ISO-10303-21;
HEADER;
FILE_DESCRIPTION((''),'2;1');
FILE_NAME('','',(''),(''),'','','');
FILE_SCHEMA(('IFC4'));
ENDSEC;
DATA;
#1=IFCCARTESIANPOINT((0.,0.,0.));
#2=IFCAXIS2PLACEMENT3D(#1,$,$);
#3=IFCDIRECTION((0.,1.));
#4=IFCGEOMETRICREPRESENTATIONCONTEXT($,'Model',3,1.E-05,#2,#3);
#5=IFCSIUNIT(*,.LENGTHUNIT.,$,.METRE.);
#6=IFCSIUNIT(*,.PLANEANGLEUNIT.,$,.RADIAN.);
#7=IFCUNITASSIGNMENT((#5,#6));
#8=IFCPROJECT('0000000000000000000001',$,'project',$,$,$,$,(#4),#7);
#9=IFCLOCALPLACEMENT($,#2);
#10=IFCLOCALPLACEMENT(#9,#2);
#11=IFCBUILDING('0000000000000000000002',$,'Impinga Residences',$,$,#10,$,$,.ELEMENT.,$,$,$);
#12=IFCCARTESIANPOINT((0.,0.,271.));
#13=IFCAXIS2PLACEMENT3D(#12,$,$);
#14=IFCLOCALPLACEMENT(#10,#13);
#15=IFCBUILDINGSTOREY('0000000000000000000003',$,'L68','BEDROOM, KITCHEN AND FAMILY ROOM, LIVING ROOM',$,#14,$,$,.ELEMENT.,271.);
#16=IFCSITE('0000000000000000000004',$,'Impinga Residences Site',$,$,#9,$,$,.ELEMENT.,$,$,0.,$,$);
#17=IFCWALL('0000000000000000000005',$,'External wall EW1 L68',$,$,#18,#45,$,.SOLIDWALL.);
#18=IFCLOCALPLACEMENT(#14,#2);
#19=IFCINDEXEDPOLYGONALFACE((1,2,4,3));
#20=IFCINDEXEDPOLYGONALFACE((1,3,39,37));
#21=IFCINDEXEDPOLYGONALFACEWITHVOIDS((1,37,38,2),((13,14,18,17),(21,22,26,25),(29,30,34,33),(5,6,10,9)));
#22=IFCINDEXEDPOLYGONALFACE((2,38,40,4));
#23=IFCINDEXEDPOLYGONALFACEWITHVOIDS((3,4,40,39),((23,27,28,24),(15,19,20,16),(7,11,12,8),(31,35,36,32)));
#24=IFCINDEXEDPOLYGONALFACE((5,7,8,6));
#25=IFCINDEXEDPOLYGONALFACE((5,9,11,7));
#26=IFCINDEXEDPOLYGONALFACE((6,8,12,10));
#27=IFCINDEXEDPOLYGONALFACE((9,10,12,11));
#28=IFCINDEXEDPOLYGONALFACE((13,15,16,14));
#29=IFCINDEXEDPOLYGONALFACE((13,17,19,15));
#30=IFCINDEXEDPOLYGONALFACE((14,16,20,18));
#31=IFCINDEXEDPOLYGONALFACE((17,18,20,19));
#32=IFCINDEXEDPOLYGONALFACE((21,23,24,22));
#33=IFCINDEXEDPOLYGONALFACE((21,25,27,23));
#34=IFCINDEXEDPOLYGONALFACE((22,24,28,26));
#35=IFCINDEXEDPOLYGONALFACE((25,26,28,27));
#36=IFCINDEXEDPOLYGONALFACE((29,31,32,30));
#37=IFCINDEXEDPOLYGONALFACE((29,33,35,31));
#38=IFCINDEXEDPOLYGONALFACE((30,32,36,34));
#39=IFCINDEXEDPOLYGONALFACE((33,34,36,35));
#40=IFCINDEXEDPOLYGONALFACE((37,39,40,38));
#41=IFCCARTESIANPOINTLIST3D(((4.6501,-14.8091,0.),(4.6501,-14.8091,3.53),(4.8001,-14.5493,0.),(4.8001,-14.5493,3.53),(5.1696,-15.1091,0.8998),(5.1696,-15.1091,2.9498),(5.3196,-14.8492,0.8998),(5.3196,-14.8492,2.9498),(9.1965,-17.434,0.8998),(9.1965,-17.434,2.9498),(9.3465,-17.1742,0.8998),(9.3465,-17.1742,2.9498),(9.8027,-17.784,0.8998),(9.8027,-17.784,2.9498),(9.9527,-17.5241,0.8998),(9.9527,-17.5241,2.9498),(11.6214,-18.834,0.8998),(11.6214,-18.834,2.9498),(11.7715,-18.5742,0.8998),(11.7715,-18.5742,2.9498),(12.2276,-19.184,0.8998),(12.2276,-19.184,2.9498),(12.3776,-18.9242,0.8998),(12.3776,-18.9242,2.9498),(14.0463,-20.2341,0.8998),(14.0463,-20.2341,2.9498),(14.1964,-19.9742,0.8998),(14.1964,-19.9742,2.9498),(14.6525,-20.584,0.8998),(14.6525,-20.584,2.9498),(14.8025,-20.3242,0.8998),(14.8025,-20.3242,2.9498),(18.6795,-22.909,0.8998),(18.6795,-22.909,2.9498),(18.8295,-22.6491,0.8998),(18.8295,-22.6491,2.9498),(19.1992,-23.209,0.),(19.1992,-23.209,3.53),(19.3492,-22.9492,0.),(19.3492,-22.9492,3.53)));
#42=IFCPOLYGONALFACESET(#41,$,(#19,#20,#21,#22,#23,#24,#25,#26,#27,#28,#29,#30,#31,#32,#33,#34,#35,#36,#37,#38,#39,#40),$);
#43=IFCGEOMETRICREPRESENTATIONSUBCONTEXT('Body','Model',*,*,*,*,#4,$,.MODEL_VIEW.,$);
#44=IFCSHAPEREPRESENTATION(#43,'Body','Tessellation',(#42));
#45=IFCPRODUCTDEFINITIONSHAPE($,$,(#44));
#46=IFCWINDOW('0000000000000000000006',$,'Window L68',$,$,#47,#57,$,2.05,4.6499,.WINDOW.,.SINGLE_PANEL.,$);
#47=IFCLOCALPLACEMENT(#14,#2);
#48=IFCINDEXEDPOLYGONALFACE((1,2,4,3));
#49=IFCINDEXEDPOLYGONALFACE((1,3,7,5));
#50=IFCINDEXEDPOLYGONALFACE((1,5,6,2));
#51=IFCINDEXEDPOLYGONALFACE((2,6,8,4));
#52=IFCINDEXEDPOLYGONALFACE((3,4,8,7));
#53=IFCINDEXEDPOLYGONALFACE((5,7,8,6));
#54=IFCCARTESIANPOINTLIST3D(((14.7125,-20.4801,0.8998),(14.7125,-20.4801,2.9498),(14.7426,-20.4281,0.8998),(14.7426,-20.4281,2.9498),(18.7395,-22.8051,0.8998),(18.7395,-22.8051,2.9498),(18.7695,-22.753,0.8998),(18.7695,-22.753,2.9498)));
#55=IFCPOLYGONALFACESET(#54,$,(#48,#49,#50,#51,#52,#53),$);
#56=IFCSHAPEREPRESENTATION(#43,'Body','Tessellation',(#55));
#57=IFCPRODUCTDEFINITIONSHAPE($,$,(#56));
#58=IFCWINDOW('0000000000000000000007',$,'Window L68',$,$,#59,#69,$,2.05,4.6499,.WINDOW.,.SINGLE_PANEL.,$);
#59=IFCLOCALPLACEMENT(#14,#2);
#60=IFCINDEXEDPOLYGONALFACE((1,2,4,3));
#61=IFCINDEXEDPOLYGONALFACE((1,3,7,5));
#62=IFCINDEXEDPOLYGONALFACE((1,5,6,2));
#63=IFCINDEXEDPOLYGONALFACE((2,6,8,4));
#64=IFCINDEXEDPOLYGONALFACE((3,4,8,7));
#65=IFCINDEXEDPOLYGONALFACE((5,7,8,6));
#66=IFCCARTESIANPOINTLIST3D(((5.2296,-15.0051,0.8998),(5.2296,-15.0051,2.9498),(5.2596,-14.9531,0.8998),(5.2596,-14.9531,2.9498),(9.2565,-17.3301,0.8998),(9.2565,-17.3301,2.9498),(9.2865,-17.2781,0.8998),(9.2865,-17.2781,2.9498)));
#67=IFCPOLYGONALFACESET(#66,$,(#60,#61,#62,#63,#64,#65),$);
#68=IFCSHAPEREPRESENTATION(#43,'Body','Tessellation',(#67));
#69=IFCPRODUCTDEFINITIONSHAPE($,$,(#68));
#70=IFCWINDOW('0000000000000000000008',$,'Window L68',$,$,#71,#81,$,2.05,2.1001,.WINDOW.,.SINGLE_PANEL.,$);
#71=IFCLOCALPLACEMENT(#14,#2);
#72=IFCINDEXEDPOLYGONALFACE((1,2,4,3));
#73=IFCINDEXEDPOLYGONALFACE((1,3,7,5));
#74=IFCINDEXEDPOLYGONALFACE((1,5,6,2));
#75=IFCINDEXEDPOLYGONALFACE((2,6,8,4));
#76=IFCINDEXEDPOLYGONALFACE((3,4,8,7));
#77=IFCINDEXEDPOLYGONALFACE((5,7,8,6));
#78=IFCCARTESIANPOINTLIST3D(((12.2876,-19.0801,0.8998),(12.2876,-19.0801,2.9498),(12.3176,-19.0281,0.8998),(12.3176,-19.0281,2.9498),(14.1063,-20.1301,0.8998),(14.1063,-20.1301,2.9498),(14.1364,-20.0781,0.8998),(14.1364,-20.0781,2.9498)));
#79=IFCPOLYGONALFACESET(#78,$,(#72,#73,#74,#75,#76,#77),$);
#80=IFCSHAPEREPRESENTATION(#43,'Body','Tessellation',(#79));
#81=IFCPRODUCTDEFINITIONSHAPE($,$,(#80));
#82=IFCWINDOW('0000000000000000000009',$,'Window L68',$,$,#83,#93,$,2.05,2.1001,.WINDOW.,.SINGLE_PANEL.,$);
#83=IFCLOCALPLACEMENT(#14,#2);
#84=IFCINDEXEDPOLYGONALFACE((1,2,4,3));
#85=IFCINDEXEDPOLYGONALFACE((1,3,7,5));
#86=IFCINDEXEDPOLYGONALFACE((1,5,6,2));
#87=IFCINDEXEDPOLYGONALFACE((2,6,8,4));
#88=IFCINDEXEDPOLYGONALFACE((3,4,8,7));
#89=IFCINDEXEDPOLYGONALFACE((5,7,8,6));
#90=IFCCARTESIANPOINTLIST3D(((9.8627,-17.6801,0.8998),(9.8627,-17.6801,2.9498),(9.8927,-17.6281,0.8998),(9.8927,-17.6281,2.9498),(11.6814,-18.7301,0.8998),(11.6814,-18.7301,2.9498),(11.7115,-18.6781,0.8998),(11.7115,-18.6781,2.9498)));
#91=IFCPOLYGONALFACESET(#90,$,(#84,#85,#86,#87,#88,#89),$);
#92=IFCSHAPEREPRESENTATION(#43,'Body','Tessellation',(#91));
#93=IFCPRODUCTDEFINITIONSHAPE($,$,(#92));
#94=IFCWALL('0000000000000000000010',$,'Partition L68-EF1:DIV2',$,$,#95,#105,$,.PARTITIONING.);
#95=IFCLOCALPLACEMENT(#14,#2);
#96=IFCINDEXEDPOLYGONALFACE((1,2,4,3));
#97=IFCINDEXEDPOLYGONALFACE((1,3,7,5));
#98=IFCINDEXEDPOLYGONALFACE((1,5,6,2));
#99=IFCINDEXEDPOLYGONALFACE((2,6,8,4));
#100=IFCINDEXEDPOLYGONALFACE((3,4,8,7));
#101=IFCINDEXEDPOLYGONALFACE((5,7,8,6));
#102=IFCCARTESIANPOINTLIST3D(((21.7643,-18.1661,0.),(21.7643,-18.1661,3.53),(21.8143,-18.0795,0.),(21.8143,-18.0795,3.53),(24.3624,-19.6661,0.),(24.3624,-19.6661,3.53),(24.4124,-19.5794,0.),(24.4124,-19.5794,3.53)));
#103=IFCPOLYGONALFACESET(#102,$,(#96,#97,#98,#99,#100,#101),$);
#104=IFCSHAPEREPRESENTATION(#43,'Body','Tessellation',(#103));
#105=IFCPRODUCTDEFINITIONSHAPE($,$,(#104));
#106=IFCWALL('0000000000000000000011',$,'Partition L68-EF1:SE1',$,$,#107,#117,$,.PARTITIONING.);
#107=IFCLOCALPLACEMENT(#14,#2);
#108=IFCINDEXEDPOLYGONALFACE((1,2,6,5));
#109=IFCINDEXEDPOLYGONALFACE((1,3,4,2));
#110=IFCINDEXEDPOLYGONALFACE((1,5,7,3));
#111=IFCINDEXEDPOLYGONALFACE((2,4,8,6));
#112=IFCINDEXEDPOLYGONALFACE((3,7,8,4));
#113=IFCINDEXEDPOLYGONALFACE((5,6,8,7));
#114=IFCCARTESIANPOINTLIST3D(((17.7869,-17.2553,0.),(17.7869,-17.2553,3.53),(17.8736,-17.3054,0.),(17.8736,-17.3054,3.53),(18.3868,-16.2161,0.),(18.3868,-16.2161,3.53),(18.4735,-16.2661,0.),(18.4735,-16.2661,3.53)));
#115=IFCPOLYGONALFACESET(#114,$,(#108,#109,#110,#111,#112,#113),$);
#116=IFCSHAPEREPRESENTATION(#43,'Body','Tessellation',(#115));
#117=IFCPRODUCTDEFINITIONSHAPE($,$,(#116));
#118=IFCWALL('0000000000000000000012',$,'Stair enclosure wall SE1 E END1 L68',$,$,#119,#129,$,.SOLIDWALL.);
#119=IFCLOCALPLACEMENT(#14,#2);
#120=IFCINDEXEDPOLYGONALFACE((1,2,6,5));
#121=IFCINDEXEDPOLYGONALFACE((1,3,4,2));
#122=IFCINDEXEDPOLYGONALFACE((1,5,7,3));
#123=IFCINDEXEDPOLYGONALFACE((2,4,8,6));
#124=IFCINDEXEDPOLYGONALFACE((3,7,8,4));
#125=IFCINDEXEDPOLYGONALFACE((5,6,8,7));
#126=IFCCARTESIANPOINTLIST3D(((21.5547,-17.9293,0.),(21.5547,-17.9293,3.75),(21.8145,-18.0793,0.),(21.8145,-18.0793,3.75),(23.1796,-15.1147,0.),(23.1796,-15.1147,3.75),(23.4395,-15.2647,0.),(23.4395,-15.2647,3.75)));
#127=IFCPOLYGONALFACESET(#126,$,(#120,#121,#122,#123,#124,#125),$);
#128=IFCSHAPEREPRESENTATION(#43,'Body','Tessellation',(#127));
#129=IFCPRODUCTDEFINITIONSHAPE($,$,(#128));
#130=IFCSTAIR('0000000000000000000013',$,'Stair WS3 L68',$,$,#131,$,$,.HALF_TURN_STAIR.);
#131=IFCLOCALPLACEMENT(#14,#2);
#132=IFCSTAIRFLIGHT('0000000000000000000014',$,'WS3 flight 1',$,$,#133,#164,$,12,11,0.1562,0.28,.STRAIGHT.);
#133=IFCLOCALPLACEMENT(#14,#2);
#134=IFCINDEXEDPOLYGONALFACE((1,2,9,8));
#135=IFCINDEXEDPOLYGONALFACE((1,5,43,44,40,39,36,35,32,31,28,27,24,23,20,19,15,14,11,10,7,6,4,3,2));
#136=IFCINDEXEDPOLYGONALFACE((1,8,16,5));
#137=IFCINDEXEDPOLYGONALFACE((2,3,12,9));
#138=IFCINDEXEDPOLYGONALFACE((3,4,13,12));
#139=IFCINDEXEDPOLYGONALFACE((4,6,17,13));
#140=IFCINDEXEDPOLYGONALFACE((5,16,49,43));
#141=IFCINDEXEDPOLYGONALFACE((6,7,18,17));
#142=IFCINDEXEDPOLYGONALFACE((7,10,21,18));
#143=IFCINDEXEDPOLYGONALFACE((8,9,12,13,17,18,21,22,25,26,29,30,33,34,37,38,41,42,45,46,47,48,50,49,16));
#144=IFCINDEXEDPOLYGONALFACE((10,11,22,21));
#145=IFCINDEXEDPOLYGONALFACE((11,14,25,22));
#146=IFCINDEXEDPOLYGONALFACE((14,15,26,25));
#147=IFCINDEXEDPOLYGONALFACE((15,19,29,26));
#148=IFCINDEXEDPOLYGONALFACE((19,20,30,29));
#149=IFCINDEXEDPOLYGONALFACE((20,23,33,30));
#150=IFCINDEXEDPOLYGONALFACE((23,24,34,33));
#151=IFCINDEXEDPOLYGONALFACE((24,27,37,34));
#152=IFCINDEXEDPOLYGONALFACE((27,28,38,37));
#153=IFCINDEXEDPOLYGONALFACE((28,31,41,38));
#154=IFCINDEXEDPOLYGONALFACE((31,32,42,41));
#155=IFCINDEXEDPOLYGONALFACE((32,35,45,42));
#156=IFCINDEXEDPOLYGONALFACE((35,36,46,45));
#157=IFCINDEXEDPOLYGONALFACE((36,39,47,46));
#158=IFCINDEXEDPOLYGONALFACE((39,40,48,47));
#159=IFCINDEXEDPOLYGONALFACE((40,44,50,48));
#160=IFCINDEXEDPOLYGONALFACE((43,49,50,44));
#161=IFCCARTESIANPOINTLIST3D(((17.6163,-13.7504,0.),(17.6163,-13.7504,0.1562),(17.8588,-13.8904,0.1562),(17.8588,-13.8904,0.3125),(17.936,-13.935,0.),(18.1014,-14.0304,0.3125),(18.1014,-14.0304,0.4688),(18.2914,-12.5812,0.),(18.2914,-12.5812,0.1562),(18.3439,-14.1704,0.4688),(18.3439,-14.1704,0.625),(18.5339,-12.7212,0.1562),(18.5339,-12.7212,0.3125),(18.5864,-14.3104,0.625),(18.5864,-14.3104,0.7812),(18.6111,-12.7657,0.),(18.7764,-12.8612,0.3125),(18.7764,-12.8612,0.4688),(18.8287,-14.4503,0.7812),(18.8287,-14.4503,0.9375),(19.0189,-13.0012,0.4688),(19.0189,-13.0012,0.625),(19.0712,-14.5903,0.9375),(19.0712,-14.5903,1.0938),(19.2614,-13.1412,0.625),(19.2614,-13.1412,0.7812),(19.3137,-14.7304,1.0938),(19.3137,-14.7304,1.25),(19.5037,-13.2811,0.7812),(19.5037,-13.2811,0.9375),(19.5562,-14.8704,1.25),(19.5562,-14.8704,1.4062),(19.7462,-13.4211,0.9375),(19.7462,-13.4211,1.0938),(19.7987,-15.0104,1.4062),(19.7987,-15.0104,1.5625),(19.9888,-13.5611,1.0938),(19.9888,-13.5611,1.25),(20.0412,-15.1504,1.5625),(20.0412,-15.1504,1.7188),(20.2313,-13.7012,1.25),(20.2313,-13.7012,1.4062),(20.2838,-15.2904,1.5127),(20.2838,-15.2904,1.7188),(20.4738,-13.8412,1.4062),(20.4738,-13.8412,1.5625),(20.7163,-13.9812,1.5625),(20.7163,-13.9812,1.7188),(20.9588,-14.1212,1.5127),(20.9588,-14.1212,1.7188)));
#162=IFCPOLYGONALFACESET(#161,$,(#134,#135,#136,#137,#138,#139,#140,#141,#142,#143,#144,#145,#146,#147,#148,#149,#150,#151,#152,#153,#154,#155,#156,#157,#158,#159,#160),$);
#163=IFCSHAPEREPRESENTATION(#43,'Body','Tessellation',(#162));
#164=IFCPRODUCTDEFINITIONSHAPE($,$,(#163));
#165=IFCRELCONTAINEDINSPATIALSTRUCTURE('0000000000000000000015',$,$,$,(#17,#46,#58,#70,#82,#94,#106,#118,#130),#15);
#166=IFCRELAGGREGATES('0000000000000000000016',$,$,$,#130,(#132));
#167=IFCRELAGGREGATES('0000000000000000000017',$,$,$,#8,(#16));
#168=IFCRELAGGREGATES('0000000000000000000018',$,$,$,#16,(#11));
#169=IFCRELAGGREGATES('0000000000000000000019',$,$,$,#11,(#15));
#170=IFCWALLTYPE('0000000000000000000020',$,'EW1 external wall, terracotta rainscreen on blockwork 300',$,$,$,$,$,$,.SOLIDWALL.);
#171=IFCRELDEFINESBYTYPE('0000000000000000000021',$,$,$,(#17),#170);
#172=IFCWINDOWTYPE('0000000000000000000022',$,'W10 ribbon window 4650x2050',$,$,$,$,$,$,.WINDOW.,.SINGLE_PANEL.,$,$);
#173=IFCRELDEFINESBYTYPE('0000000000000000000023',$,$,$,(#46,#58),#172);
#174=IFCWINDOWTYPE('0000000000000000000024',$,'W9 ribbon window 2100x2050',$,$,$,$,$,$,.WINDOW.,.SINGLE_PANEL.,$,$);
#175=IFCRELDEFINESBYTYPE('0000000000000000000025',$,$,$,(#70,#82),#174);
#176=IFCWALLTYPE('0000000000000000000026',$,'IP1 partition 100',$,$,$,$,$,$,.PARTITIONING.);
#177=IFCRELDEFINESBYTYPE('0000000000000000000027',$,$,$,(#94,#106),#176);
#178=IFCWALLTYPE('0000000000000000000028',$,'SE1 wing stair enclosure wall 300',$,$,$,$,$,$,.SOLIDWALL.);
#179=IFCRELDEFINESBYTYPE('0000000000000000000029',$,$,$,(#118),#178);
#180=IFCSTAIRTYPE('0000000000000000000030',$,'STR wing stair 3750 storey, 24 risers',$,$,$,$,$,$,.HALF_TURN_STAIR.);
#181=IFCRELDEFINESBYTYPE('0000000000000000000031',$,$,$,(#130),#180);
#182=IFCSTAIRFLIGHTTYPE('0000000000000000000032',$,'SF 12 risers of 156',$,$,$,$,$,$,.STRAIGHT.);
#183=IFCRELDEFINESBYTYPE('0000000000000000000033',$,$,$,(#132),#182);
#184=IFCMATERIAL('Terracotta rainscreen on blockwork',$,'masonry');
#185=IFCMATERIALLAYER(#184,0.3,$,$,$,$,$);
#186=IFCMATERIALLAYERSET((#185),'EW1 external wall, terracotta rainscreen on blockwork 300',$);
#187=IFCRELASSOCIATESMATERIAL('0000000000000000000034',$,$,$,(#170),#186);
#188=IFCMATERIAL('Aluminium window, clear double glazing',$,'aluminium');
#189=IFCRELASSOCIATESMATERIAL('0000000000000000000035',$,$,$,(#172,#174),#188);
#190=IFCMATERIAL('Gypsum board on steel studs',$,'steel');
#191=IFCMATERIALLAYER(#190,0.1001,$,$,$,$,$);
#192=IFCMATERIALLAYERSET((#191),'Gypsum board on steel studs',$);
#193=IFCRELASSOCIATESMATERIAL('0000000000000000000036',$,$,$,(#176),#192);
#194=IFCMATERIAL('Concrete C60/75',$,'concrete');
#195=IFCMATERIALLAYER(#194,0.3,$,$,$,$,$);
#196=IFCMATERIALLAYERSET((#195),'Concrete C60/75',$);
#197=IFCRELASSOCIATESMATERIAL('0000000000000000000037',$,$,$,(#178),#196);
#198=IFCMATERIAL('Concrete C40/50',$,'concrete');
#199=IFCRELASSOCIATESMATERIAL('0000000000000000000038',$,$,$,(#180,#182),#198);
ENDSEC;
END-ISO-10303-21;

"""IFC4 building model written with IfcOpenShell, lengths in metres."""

from ifc_helpers import new_model, si_unit, direction, frame, frame_2d, origin, place, context, subcontext, project, spatial, polyline, rectangle, outline, extrude, material, layer, layer_set, type_object, element, fill, aggregate, save


model = new_model("IFC4")

# Units and contexts
model_context = context("Model", 3, precision=1e-05, world=origin(), true_north=direction((0.0, 1.0)))
body_context = subcontext(model_context, "Body", "Model", "MODEL_VIEW")
ifc_project = project(units=[si_unit("LENGTHUNIT", "METRE"), si_unit("PLANEANGLEUNIT", "RADIAN")], contexts=[model_context])

# Site, building, storey
site_placement = place(None, origin())
site = spatial("IfcSite", under=ifc_project, at=site_placement, Name="Impinga Residences Site", CompositionType="ELEMENT", RefElevation=0.0)
building_placement = place(site_placement, origin())
building = spatial("IfcBuilding", under=site, at=building_placement, Name="Impinga Residences", CompositionType="ELEMENT")
storey_placement = place(building_placement, frame((0.0, 0.0, 271.0)))
storey = spatial("IfcBuildingStorey", under=building, at=storey_placement, Name="L68", Description="BEDROOM, KITCHEN AND FAMILY ROOM, LIVING ROOM", CompositionType="ELEMENT", Elevation=271.0)

# Shared definitions
ifc_material_1 = material(Name="Concrete C60/75", Category="concrete")

# Shared definitions
ifc_material_2 = material(Name="Terracotta rainscreen on blockwork", Category="masonry")
ifc_layer_1 = layer(ifc_material_2, 0.3)
ifc_layer_set_1 = layer_set([ifc_layer_1], Name="EW1 external wall, terracotta rainscreen on blockwork 300")
wall_type_1 = type_object("IfcWallType", Name="EW1 external wall, terracotta rainscreen on blockwork 300", PredefinedType="SOLIDWALL", material=ifc_layer_set_1)

# Wall, openings, windows
wall_1_placement = place(storey_placement, frame((19.2742, -23.0791, 0.0), z_axis=(0.0, 0.0, 1.0), x_axis=(-0.866026, 0.5, 0.0)))
wall_1 = element("IfcWall", 1, at=wall_1_placement, inside=storey, type_object=wall_type_1, Name="External wall EW1 L68", PredefinedType="SOLIDWALL", context=body_context, shape_type="SweptSolid", body=[
    extrude(rectangle(XDim=16.7998, YDim=0.3, at=frame_2d((8.3999, 0.0))), origin(), (0.0, 0.0, 1.0), 3.53),
])
opening_1_placement = place(wall_1_placement, frame((0.6001, 0.0, 0.8999)))
opening_1 = element("IfcOpeningElement", 2, at=opening_1_placement, cuts=wall_1, PredefinedType="OPENING", context=body_context, shape_type="SweptSolid", body=[
    extrude(rectangle(XDim=4.6499, YDim=2.05, at=frame_2d((2.325, 1.0249))), frame((0.0, 0.1599, 0.0), z_axis=(0.0, -1.0, 0.0), x_axis=(1.0, 0.0, 0.0)), (0.0, 0.0, 1.0), 0.3201),
])
opening_2_placement = place(wall_1_placement, frame((5.95, 0.0, 0.8999)))
opening_2 = element("IfcOpeningElement", 3, at=opening_2_placement, cuts=wall_1, PredefinedType="OPENING", context=body_context, shape_type="SweptSolid", body=[
    extrude(rectangle(XDim=2.1001, YDim=2.05, at=frame_2d((1.05, 1.0249))), frame((0.0, 0.1599, 0.0), z_axis=(0.0, -1.0, 0.0), x_axis=(1.0, 0.0, 0.0)), (0.0, 0.0, 1.0), 0.3201),
])
opening_3_placement = place(wall_1_placement, frame((8.75, 0.0, 0.8999)))
opening_3 = element("IfcOpeningElement", 4, at=opening_3_placement, cuts=wall_1, PredefinedType="OPENING", context=body_context, shape_type="SweptSolid", body=[
    extrude(rectangle(XDim=2.1001, YDim=2.05, at=frame_2d((1.05, 1.0249))), frame((0.0, 0.1599, 0.0), z_axis=(0.0, -1.0, 0.0), x_axis=(1.0, 0.0, 0.0)), (0.0, 0.0, 1.0), 0.3201),
])
opening_4_placement = place(wall_1_placement, frame((11.55, 0.0, 0.8999)))
opening_4 = element("IfcOpeningElement", 5, at=opening_4_placement, cuts=wall_1, PredefinedType="OPENING", context=body_context, shape_type="SweptSolid", body=[
    extrude(rectangle(XDim=4.6499, YDim=2.05, at=frame_2d((2.325, 1.0249))), frame((0.0, 0.1599, 0.0), z_axis=(0.0, -1.0, 0.0), x_axis=(1.0, 0.0, 0.0)), (0.0, 0.0, 1.0), 0.3201),
])
ifc_material_3 = material(Name="Aluminium window, clear double glazing", Category="aluminium")
window_type_1 = type_object("IfcWindowType", Name="W10 ribbon window 4650x2050", PartitioningType="SINGLE_PANEL", PredefinedType="WINDOW", material=ifc_material_3)
window_1_placement = place(opening_1_placement, origin())
window_1 = element("IfcWindow", 6, at=window_1_placement, inside=storey, type_object=window_type_1, Name="Window L68", OverallHeight=2.05, OverallWidth=4.6499, PartitioningType="SINGLE_PANEL", PredefinedType="WINDOW", context=body_context, shape_type="SweptSolid", body=[
    extrude(rectangle(XDim=4.6499, YDim=2.05, at=frame_2d((2.325, 1.0249))), frame((0.0, 0.03, 0.0), z_axis=(0.0, -1.0, 0.0), x_axis=(1.0, 0.0, 0.0)), (0.0, 0.0, 1.0), 0.0601),
])
fill(opening_1, window_1)
window_2_placement = place(opening_4_placement, origin())
window_2 = element("IfcWindow", 7, at=window_2_placement, inside=storey, type_object=window_type_1, Name="Window L68", OverallHeight=2.05, OverallWidth=4.6499, PartitioningType="SINGLE_PANEL", PredefinedType="WINDOW", context=body_context, shape_type="SweptSolid", body=[
    extrude(rectangle(XDim=4.6499, YDim=2.05, at=frame_2d((2.325, 1.0249))), frame((0.0, 0.03, 0.0), z_axis=(0.0, -1.0, 0.0), x_axis=(1.0, 0.0, 0.0)), (0.0, 0.0, 1.0), 0.0601),
])
fill(opening_4, window_2)
window_type_2 = type_object("IfcWindowType", Name="W9 ribbon window 2100x2050", PartitioningType="SINGLE_PANEL", PredefinedType="WINDOW", material=ifc_material_3)
window_3_placement = place(opening_2_placement, origin())
window_3 = element("IfcWindow", 8, at=window_3_placement, inside=storey, type_object=window_type_2, Name="Window L68", OverallHeight=2.05, OverallWidth=2.1001, PartitioningType="SINGLE_PANEL", PredefinedType="WINDOW", context=body_context, shape_type="SweptSolid", body=[
    extrude(rectangle(XDim=2.1001, YDim=2.05, at=frame_2d((1.05, 1.0249))), frame((0.0, 0.03, 0.0), z_axis=(0.0, -1.0, 0.0), x_axis=(1.0, 0.0, 0.0)), (0.0, 0.0, 1.0), 0.0601),
])
fill(opening_2, window_3)
window_4_placement = place(opening_3_placement, origin())
window_4 = element("IfcWindow", 9, at=window_4_placement, inside=storey, type_object=window_type_2, Name="Window L68", OverallHeight=2.05, OverallWidth=2.1001, PartitioningType="SINGLE_PANEL", PredefinedType="WINDOW", context=body_context, shape_type="SweptSolid", body=[
    extrude(rectangle(XDim=2.1001, YDim=2.05, at=frame_2d((1.05, 1.0249))), frame((0.0, 0.03, 0.0), z_axis=(0.0, -1.0, 0.0), x_axis=(1.0, 0.0, 0.0)), (0.0, 0.0, 1.0), 0.0601),
])
fill(opening_3, window_4)

# Walls
ifc_material_4 = material(Name="Gypsum board on steel studs", Category="steel")
ifc_layer_2 = layer(ifc_material_4, 0.1001)
ifc_layer_set_2 = layer_set([ifc_layer_2], Name="Gypsum board on steel studs")
wall_type_2 = type_object("IfcWallType", Name="IP1 partition 100", PredefinedType="PARTITIONING", material=ifc_layer_set_2)
wall_2_placement = place(storey_placement, frame((21.7893, -18.1228, 0.0), z_axis=(0.0, 0.0, 1.0), x_axis=(0.866031, -0.49999, 0.0)))
element("IfcWall", 10, at=wall_2_placement, inside=storey, type_object=wall_type_2, Name="Partition L68-EF1:DIV2", PredefinedType="PARTITIONING", context=body_context, shape_type="SweptSolid", body=[
    extrude(rectangle(XDim=3.0, YDim=0.1001, at=frame_2d((1.5, 0.0))), origin(), (0.0, 0.0, 1.0), 3.53),
])
wall_3_placement = place(storey_placement, frame((18.4302, -16.241, 0.0), z_axis=(0.0, 0.0, 1.0), x_axis=(-0.499881, -0.866094, 0.0)))
element("IfcWall", 11, at=wall_3_placement, inside=storey, type_object=wall_type_2, Name="Partition L68-EF1:SE1", PredefinedType="PARTITIONING", context=body_context, shape_type="SweptSolid", body=[
    extrude(rectangle(XDim=1.2, YDim=0.1001, at=frame_2d((0.6001, 0.0))), origin(), (0.0, 0.0, 1.0), 3.53),
])
ifc_layer_3 = layer(ifc_material_1, 0.3)
ifc_layer_set_3 = layer_set([ifc_layer_3], Name="Concrete C60/75")
wall_type_3 = type_object("IfcWallType", Name="SE1 wing stair enclosure wall 300", PredefinedType="SOLIDWALL", material=ifc_layer_set_3)
wall_4_placement = place(storey_placement, frame((23.3096, -15.1897, 0.0), z_axis=(0.0, 0.0, 1.0), x_axis=(-0.499985, -0.866034, 0.0)))
element("IfcWall", 12, at=wall_4_placement, inside=storey, type_object=wall_type_3, Name="Stair enclosure wall SE1 E END1 L68", PredefinedType="SOLIDWALL", context=body_context, shape_type="SweptSolid", body=[
    extrude(rectangle(XDim=3.25, YDim=0.3, at=frame_2d((1.625, 0.0))), origin(), (0.0, 0.0, 1.0), 3.75),
])

# Stair, stair flight
ifc_material_5 = material(Name="Concrete C40/50", Category="concrete")
stair_type = type_object("IfcStairType", Name="STR wing stair 3750 storey, 24 risers", PredefinedType="HALF_TURN_STAIR", material=ifc_material_5)
stair_placement = place(storey_placement, origin())
stair = element("IfcStair", 13, at=stair_placement, inside=storey, type_object=stair_type, Name="Stair WS3 L68", PredefinedType="HALF_TURN_STAIR")
stair_flight_type = type_object("IfcStairFlightType", Name="SF 12 risers of 156", PredefinedType="STRAIGHT", material=ifc_material_5)
stair_flight_1_placement = place(storey_placement, frame((17.9539, -13.1658, 0.0), z_axis=(0.0, 0.0, 1.0), x_axis=(0.866025, -0.5, 0.0)))
stair_flight_1 = element("IfcStairFlight", 14, at=stair_flight_1_placement, type_object=stair_flight_type, Name="WS3 flight 1", NumberOfRisers=12, NumberOfTreads=11, PredefinedType="STRAIGHT", RiserHeight=0.1562, TreadLength=0.28, context=body_context, shape_type="SweptSolid", body=[
    extrude(outline(polyline([(0.0, 0.0), (0.0, 0.1562), (0.28, 0.1562), (0.28, 0.3125), (0.5601, 0.3125), (0.5601, 0.4688), (0.8401, 0.4688), (0.8401, 0.625), (1.1201, 0.625), (1.1201, 0.7812), (1.3999, 0.7812), (1.3999, 0.9375), (1.6799, 0.9375), (1.6799, 1.0938), (1.96, 1.0938), (1.96, 1.25), (2.24, 1.25), (2.24, 1.4062), (2.52, 1.4062), (2.52, 1.5625), (2.8, 1.5625), (2.8, 1.7188), (3.0801, 1.7188), (3.0801, 1.875), (3.0801, 1.5127), (0.3691, 0.0), (0.0, 0.0)])), frame((0.0, 0.675, 0.0), z_axis=(0.0, -1.0, 0.0), x_axis=(1.0, 0.0, 0.0)), (0.0, 0.0, 1.0), 1.3501),
])
aggregate(stair, [stair_flight_1])

save(model, "model.ifc")
